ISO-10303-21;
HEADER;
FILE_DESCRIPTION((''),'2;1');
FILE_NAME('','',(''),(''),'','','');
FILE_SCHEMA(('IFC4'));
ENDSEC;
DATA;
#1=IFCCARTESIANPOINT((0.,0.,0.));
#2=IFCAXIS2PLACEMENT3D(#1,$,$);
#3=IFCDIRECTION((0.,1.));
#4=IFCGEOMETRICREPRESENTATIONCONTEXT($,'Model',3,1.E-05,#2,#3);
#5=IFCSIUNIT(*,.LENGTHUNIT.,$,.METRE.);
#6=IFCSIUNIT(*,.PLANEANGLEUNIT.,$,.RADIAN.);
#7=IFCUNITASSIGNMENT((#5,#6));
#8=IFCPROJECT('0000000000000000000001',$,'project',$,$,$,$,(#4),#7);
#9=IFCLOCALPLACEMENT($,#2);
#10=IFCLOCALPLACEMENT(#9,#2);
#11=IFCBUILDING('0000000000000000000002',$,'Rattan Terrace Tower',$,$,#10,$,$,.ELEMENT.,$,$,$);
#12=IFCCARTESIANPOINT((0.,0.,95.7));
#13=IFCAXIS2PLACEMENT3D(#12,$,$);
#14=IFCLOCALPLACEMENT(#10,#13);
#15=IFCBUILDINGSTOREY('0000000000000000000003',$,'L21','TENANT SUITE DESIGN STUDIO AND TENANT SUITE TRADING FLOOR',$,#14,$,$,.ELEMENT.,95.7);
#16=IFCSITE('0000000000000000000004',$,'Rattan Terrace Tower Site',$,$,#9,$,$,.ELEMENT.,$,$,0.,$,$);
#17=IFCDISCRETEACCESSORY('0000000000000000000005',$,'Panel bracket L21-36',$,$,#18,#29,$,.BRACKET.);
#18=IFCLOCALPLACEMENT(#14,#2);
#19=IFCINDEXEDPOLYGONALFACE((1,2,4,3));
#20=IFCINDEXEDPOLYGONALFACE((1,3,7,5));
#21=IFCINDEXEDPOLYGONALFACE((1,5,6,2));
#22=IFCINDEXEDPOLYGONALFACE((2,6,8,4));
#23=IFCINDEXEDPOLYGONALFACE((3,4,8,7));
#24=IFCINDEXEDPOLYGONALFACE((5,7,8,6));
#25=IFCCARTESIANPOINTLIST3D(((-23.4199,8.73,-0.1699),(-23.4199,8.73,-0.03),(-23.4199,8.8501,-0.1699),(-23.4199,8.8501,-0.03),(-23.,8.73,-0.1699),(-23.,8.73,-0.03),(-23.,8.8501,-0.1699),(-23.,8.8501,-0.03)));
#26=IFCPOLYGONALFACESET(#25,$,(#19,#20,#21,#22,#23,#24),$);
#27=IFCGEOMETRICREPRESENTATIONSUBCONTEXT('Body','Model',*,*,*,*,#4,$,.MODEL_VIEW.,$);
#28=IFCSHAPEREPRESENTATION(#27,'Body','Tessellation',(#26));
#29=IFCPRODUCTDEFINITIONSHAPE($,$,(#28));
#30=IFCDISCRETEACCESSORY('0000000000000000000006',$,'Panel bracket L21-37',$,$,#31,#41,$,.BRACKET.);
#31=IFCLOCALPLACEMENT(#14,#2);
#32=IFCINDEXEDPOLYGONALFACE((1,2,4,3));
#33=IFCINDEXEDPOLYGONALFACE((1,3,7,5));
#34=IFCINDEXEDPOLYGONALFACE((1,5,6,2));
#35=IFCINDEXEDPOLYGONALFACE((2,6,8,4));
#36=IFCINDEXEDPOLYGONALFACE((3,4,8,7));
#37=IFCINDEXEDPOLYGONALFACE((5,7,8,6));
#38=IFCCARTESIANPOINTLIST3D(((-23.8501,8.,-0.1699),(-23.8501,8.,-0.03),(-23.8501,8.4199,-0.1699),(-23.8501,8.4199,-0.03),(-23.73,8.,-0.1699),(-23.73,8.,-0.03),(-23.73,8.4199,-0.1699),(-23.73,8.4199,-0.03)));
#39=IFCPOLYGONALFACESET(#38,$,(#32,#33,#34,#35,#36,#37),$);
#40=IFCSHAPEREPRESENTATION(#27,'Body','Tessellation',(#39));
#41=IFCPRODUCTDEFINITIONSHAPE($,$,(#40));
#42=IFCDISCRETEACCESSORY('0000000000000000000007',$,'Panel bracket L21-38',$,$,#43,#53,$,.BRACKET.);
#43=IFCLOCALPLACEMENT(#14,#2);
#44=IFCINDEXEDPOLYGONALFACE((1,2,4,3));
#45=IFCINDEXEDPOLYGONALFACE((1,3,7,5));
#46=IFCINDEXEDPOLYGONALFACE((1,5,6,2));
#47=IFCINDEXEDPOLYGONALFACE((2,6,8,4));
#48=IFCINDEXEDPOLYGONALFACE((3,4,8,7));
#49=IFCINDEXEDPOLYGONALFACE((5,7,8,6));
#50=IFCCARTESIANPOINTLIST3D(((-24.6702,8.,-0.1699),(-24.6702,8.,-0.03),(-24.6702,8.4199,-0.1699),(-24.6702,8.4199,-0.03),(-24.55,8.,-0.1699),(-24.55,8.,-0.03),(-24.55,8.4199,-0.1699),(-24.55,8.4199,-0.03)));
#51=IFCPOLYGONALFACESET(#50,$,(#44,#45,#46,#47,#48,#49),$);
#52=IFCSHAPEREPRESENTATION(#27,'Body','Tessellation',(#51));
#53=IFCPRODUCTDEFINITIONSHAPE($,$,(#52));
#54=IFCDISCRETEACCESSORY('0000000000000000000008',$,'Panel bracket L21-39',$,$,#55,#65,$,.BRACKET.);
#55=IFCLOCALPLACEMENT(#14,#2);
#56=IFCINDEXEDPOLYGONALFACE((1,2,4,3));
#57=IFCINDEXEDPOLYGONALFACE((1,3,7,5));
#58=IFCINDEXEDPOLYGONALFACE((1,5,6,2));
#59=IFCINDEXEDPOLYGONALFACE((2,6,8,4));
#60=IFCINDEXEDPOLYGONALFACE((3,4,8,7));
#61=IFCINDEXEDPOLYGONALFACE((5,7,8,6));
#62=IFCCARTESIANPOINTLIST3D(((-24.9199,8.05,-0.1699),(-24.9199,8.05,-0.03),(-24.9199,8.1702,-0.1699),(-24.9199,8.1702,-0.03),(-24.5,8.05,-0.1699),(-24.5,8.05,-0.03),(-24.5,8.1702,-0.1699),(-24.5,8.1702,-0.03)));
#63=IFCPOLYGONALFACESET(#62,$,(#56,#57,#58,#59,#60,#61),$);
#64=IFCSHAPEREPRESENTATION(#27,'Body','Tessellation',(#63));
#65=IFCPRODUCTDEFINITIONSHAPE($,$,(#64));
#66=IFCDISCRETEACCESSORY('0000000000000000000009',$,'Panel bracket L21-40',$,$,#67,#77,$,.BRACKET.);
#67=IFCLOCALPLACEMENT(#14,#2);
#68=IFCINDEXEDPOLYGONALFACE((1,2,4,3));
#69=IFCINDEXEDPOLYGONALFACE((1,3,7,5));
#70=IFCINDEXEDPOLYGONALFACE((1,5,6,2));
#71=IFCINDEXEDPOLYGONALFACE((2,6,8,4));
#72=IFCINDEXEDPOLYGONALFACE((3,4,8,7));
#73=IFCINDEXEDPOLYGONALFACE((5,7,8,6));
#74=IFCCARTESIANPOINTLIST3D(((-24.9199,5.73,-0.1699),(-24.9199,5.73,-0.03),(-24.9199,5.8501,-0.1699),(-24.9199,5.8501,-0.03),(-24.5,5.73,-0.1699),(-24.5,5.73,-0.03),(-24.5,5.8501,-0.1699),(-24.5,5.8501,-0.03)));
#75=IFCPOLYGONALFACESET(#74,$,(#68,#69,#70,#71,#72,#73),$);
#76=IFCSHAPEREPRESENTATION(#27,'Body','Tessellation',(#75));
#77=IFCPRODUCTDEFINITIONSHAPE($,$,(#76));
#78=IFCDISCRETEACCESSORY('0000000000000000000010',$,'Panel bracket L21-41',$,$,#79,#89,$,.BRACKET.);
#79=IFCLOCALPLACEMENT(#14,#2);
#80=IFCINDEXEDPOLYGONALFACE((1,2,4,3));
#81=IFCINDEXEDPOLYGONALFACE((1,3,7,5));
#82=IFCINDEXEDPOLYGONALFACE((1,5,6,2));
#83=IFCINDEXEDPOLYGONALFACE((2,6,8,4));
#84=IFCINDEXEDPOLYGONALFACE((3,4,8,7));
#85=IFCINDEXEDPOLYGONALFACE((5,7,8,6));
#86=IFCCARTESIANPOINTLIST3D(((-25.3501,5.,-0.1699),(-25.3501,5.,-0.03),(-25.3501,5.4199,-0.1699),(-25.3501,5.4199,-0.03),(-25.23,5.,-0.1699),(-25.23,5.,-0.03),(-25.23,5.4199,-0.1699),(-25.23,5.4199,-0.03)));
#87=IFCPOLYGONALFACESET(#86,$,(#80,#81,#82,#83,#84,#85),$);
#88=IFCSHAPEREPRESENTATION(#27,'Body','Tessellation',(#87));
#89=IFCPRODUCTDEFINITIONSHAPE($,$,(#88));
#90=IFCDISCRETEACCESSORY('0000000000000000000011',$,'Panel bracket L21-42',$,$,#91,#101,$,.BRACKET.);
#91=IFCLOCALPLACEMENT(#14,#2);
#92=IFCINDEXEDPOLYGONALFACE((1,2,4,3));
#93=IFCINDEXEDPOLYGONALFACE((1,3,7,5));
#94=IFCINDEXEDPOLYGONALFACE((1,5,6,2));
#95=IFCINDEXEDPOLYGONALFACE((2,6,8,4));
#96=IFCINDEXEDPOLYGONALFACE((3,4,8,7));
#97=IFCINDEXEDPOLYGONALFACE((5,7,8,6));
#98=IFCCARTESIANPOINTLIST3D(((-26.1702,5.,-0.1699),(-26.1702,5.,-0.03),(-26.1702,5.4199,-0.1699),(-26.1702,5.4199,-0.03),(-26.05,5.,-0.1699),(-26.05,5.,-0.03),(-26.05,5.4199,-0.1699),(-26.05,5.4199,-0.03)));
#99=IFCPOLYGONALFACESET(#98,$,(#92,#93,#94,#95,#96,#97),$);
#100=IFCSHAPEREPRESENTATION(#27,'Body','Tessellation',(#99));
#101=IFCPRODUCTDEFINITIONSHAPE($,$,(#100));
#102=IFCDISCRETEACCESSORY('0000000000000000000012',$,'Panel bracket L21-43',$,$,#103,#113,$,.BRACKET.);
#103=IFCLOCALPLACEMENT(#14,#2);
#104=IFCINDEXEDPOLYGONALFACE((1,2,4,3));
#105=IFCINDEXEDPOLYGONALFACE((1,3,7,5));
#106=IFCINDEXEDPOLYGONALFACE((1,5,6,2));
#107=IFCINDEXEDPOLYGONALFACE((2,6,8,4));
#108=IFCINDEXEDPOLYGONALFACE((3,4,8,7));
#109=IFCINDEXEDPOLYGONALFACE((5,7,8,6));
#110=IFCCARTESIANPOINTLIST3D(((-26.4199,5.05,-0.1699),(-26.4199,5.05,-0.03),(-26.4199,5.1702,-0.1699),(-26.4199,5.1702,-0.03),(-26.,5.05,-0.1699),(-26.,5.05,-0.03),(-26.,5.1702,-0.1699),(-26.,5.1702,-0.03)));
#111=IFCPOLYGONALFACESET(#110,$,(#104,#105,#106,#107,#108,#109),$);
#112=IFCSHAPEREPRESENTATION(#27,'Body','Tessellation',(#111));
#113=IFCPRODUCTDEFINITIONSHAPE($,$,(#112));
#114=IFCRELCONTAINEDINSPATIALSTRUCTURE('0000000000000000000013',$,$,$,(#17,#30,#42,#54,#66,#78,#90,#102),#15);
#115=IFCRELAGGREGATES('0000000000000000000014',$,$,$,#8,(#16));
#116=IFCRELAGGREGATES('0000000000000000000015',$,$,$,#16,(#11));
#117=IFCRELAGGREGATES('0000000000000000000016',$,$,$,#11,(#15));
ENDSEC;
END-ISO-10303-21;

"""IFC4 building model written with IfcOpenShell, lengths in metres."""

from ifc_helpers import new_model, si_unit, direction, frame, origin, origin_2d, place, context, subcontext, project, spatial, rectangle, extrude, element, save


model = new_model("IFC4")

# Units and contexts
model_context = context("Model", 3, precision=1e-05, world=origin(), true_north=direction((0.0, 1.0)))
body_context = subcontext(model_context, "Body", "Model", "MODEL_VIEW")
ifc_project = project(units=[si_unit("LENGTHUNIT", "METRE"), si_unit("PLANEANGLEUNIT", "RADIAN")], contexts=[model_context])

# Site, building, storey
site_placement = place(None, origin())
site = spatial("IfcSite", under=ifc_project, at=site_placement, Name="Rattan Terrace Tower Site", CompositionType="ELEMENT", RefElevation=0.0)
building_placement = place(site_placement, origin())
building = spatial("IfcBuilding", under=site, at=building_placement, Name="Rattan Terrace Tower", CompositionType="ELEMENT")
storey_placement = place(building_placement, frame((0.0, 0.0, 95.7)))
storey = spatial("IfcBuildingStorey", under=building, at=storey_placement, Name="L21", Description="TENANT SUITE DESIGN STUDIO AND TENANT SUITE TRADING FLOOR", CompositionType="ELEMENT", Elevation=95.7)

# Discrete accessories
for number, where, z_axis, x_axis, name in (
    (1, (-23.21, 8.79, -0.1699), (0.0, 0.0, 1.0), (0.0, -1.0, 0.0), "Panel bracket L21-36"),
    (2, (-23.79, 8.21, -0.1699), (0.0, 0.0, 1.0), (-1.0, 0.0, 0.0), "Panel bracket L21-37"),
    (3, (-24.6101, 8.21, -0.1699), (0.0, 0.0, 1.0), (-1.0, 0.0, 0.0), "Panel bracket L21-38"),
    (4, (-24.71, 8.1101, -0.1699), (0.0, 0.0, 1.0), (0.0, -1.0, 0.0), "Panel bracket L21-39"),
    (5, (-24.71, 5.79, -0.1699), (0.0, 0.0, 1.0), (0.0, -1.0, 0.0), "Panel bracket L21-40"),
    (6, (-25.29, 5.21, -0.1699), (0.0, 0.0, 1.0), (-1.0, 0.0, 0.0), "Panel bracket L21-41"),
    (7, (-26.1101, 5.21, -0.1699), (0.0, 0.0, 1.0), (-1.0, 0.0, 0.0), "Panel bracket L21-42"),
    (8, (-26.21, 5.1101, -0.1699), (0.0, 0.0, 1.0), (0.0, -1.0, 0.0), "Panel bracket L21-43"),
):
    element("IfcDiscreteAccessory", number, at=place(storey_placement, frame(where, z_axis=z_axis, x_axis=x_axis)), inside=storey, Name=name, PredefinedType="BRACKET", context=body_context, shape_type="SweptSolid", body=[
        extrude(rectangle(XDim=0.1201, YDim=0.4199, at=origin_2d()), origin(), (0.0, 0.0, 1.0), 0.1399),
    ])

save(model, "model.ifc")
